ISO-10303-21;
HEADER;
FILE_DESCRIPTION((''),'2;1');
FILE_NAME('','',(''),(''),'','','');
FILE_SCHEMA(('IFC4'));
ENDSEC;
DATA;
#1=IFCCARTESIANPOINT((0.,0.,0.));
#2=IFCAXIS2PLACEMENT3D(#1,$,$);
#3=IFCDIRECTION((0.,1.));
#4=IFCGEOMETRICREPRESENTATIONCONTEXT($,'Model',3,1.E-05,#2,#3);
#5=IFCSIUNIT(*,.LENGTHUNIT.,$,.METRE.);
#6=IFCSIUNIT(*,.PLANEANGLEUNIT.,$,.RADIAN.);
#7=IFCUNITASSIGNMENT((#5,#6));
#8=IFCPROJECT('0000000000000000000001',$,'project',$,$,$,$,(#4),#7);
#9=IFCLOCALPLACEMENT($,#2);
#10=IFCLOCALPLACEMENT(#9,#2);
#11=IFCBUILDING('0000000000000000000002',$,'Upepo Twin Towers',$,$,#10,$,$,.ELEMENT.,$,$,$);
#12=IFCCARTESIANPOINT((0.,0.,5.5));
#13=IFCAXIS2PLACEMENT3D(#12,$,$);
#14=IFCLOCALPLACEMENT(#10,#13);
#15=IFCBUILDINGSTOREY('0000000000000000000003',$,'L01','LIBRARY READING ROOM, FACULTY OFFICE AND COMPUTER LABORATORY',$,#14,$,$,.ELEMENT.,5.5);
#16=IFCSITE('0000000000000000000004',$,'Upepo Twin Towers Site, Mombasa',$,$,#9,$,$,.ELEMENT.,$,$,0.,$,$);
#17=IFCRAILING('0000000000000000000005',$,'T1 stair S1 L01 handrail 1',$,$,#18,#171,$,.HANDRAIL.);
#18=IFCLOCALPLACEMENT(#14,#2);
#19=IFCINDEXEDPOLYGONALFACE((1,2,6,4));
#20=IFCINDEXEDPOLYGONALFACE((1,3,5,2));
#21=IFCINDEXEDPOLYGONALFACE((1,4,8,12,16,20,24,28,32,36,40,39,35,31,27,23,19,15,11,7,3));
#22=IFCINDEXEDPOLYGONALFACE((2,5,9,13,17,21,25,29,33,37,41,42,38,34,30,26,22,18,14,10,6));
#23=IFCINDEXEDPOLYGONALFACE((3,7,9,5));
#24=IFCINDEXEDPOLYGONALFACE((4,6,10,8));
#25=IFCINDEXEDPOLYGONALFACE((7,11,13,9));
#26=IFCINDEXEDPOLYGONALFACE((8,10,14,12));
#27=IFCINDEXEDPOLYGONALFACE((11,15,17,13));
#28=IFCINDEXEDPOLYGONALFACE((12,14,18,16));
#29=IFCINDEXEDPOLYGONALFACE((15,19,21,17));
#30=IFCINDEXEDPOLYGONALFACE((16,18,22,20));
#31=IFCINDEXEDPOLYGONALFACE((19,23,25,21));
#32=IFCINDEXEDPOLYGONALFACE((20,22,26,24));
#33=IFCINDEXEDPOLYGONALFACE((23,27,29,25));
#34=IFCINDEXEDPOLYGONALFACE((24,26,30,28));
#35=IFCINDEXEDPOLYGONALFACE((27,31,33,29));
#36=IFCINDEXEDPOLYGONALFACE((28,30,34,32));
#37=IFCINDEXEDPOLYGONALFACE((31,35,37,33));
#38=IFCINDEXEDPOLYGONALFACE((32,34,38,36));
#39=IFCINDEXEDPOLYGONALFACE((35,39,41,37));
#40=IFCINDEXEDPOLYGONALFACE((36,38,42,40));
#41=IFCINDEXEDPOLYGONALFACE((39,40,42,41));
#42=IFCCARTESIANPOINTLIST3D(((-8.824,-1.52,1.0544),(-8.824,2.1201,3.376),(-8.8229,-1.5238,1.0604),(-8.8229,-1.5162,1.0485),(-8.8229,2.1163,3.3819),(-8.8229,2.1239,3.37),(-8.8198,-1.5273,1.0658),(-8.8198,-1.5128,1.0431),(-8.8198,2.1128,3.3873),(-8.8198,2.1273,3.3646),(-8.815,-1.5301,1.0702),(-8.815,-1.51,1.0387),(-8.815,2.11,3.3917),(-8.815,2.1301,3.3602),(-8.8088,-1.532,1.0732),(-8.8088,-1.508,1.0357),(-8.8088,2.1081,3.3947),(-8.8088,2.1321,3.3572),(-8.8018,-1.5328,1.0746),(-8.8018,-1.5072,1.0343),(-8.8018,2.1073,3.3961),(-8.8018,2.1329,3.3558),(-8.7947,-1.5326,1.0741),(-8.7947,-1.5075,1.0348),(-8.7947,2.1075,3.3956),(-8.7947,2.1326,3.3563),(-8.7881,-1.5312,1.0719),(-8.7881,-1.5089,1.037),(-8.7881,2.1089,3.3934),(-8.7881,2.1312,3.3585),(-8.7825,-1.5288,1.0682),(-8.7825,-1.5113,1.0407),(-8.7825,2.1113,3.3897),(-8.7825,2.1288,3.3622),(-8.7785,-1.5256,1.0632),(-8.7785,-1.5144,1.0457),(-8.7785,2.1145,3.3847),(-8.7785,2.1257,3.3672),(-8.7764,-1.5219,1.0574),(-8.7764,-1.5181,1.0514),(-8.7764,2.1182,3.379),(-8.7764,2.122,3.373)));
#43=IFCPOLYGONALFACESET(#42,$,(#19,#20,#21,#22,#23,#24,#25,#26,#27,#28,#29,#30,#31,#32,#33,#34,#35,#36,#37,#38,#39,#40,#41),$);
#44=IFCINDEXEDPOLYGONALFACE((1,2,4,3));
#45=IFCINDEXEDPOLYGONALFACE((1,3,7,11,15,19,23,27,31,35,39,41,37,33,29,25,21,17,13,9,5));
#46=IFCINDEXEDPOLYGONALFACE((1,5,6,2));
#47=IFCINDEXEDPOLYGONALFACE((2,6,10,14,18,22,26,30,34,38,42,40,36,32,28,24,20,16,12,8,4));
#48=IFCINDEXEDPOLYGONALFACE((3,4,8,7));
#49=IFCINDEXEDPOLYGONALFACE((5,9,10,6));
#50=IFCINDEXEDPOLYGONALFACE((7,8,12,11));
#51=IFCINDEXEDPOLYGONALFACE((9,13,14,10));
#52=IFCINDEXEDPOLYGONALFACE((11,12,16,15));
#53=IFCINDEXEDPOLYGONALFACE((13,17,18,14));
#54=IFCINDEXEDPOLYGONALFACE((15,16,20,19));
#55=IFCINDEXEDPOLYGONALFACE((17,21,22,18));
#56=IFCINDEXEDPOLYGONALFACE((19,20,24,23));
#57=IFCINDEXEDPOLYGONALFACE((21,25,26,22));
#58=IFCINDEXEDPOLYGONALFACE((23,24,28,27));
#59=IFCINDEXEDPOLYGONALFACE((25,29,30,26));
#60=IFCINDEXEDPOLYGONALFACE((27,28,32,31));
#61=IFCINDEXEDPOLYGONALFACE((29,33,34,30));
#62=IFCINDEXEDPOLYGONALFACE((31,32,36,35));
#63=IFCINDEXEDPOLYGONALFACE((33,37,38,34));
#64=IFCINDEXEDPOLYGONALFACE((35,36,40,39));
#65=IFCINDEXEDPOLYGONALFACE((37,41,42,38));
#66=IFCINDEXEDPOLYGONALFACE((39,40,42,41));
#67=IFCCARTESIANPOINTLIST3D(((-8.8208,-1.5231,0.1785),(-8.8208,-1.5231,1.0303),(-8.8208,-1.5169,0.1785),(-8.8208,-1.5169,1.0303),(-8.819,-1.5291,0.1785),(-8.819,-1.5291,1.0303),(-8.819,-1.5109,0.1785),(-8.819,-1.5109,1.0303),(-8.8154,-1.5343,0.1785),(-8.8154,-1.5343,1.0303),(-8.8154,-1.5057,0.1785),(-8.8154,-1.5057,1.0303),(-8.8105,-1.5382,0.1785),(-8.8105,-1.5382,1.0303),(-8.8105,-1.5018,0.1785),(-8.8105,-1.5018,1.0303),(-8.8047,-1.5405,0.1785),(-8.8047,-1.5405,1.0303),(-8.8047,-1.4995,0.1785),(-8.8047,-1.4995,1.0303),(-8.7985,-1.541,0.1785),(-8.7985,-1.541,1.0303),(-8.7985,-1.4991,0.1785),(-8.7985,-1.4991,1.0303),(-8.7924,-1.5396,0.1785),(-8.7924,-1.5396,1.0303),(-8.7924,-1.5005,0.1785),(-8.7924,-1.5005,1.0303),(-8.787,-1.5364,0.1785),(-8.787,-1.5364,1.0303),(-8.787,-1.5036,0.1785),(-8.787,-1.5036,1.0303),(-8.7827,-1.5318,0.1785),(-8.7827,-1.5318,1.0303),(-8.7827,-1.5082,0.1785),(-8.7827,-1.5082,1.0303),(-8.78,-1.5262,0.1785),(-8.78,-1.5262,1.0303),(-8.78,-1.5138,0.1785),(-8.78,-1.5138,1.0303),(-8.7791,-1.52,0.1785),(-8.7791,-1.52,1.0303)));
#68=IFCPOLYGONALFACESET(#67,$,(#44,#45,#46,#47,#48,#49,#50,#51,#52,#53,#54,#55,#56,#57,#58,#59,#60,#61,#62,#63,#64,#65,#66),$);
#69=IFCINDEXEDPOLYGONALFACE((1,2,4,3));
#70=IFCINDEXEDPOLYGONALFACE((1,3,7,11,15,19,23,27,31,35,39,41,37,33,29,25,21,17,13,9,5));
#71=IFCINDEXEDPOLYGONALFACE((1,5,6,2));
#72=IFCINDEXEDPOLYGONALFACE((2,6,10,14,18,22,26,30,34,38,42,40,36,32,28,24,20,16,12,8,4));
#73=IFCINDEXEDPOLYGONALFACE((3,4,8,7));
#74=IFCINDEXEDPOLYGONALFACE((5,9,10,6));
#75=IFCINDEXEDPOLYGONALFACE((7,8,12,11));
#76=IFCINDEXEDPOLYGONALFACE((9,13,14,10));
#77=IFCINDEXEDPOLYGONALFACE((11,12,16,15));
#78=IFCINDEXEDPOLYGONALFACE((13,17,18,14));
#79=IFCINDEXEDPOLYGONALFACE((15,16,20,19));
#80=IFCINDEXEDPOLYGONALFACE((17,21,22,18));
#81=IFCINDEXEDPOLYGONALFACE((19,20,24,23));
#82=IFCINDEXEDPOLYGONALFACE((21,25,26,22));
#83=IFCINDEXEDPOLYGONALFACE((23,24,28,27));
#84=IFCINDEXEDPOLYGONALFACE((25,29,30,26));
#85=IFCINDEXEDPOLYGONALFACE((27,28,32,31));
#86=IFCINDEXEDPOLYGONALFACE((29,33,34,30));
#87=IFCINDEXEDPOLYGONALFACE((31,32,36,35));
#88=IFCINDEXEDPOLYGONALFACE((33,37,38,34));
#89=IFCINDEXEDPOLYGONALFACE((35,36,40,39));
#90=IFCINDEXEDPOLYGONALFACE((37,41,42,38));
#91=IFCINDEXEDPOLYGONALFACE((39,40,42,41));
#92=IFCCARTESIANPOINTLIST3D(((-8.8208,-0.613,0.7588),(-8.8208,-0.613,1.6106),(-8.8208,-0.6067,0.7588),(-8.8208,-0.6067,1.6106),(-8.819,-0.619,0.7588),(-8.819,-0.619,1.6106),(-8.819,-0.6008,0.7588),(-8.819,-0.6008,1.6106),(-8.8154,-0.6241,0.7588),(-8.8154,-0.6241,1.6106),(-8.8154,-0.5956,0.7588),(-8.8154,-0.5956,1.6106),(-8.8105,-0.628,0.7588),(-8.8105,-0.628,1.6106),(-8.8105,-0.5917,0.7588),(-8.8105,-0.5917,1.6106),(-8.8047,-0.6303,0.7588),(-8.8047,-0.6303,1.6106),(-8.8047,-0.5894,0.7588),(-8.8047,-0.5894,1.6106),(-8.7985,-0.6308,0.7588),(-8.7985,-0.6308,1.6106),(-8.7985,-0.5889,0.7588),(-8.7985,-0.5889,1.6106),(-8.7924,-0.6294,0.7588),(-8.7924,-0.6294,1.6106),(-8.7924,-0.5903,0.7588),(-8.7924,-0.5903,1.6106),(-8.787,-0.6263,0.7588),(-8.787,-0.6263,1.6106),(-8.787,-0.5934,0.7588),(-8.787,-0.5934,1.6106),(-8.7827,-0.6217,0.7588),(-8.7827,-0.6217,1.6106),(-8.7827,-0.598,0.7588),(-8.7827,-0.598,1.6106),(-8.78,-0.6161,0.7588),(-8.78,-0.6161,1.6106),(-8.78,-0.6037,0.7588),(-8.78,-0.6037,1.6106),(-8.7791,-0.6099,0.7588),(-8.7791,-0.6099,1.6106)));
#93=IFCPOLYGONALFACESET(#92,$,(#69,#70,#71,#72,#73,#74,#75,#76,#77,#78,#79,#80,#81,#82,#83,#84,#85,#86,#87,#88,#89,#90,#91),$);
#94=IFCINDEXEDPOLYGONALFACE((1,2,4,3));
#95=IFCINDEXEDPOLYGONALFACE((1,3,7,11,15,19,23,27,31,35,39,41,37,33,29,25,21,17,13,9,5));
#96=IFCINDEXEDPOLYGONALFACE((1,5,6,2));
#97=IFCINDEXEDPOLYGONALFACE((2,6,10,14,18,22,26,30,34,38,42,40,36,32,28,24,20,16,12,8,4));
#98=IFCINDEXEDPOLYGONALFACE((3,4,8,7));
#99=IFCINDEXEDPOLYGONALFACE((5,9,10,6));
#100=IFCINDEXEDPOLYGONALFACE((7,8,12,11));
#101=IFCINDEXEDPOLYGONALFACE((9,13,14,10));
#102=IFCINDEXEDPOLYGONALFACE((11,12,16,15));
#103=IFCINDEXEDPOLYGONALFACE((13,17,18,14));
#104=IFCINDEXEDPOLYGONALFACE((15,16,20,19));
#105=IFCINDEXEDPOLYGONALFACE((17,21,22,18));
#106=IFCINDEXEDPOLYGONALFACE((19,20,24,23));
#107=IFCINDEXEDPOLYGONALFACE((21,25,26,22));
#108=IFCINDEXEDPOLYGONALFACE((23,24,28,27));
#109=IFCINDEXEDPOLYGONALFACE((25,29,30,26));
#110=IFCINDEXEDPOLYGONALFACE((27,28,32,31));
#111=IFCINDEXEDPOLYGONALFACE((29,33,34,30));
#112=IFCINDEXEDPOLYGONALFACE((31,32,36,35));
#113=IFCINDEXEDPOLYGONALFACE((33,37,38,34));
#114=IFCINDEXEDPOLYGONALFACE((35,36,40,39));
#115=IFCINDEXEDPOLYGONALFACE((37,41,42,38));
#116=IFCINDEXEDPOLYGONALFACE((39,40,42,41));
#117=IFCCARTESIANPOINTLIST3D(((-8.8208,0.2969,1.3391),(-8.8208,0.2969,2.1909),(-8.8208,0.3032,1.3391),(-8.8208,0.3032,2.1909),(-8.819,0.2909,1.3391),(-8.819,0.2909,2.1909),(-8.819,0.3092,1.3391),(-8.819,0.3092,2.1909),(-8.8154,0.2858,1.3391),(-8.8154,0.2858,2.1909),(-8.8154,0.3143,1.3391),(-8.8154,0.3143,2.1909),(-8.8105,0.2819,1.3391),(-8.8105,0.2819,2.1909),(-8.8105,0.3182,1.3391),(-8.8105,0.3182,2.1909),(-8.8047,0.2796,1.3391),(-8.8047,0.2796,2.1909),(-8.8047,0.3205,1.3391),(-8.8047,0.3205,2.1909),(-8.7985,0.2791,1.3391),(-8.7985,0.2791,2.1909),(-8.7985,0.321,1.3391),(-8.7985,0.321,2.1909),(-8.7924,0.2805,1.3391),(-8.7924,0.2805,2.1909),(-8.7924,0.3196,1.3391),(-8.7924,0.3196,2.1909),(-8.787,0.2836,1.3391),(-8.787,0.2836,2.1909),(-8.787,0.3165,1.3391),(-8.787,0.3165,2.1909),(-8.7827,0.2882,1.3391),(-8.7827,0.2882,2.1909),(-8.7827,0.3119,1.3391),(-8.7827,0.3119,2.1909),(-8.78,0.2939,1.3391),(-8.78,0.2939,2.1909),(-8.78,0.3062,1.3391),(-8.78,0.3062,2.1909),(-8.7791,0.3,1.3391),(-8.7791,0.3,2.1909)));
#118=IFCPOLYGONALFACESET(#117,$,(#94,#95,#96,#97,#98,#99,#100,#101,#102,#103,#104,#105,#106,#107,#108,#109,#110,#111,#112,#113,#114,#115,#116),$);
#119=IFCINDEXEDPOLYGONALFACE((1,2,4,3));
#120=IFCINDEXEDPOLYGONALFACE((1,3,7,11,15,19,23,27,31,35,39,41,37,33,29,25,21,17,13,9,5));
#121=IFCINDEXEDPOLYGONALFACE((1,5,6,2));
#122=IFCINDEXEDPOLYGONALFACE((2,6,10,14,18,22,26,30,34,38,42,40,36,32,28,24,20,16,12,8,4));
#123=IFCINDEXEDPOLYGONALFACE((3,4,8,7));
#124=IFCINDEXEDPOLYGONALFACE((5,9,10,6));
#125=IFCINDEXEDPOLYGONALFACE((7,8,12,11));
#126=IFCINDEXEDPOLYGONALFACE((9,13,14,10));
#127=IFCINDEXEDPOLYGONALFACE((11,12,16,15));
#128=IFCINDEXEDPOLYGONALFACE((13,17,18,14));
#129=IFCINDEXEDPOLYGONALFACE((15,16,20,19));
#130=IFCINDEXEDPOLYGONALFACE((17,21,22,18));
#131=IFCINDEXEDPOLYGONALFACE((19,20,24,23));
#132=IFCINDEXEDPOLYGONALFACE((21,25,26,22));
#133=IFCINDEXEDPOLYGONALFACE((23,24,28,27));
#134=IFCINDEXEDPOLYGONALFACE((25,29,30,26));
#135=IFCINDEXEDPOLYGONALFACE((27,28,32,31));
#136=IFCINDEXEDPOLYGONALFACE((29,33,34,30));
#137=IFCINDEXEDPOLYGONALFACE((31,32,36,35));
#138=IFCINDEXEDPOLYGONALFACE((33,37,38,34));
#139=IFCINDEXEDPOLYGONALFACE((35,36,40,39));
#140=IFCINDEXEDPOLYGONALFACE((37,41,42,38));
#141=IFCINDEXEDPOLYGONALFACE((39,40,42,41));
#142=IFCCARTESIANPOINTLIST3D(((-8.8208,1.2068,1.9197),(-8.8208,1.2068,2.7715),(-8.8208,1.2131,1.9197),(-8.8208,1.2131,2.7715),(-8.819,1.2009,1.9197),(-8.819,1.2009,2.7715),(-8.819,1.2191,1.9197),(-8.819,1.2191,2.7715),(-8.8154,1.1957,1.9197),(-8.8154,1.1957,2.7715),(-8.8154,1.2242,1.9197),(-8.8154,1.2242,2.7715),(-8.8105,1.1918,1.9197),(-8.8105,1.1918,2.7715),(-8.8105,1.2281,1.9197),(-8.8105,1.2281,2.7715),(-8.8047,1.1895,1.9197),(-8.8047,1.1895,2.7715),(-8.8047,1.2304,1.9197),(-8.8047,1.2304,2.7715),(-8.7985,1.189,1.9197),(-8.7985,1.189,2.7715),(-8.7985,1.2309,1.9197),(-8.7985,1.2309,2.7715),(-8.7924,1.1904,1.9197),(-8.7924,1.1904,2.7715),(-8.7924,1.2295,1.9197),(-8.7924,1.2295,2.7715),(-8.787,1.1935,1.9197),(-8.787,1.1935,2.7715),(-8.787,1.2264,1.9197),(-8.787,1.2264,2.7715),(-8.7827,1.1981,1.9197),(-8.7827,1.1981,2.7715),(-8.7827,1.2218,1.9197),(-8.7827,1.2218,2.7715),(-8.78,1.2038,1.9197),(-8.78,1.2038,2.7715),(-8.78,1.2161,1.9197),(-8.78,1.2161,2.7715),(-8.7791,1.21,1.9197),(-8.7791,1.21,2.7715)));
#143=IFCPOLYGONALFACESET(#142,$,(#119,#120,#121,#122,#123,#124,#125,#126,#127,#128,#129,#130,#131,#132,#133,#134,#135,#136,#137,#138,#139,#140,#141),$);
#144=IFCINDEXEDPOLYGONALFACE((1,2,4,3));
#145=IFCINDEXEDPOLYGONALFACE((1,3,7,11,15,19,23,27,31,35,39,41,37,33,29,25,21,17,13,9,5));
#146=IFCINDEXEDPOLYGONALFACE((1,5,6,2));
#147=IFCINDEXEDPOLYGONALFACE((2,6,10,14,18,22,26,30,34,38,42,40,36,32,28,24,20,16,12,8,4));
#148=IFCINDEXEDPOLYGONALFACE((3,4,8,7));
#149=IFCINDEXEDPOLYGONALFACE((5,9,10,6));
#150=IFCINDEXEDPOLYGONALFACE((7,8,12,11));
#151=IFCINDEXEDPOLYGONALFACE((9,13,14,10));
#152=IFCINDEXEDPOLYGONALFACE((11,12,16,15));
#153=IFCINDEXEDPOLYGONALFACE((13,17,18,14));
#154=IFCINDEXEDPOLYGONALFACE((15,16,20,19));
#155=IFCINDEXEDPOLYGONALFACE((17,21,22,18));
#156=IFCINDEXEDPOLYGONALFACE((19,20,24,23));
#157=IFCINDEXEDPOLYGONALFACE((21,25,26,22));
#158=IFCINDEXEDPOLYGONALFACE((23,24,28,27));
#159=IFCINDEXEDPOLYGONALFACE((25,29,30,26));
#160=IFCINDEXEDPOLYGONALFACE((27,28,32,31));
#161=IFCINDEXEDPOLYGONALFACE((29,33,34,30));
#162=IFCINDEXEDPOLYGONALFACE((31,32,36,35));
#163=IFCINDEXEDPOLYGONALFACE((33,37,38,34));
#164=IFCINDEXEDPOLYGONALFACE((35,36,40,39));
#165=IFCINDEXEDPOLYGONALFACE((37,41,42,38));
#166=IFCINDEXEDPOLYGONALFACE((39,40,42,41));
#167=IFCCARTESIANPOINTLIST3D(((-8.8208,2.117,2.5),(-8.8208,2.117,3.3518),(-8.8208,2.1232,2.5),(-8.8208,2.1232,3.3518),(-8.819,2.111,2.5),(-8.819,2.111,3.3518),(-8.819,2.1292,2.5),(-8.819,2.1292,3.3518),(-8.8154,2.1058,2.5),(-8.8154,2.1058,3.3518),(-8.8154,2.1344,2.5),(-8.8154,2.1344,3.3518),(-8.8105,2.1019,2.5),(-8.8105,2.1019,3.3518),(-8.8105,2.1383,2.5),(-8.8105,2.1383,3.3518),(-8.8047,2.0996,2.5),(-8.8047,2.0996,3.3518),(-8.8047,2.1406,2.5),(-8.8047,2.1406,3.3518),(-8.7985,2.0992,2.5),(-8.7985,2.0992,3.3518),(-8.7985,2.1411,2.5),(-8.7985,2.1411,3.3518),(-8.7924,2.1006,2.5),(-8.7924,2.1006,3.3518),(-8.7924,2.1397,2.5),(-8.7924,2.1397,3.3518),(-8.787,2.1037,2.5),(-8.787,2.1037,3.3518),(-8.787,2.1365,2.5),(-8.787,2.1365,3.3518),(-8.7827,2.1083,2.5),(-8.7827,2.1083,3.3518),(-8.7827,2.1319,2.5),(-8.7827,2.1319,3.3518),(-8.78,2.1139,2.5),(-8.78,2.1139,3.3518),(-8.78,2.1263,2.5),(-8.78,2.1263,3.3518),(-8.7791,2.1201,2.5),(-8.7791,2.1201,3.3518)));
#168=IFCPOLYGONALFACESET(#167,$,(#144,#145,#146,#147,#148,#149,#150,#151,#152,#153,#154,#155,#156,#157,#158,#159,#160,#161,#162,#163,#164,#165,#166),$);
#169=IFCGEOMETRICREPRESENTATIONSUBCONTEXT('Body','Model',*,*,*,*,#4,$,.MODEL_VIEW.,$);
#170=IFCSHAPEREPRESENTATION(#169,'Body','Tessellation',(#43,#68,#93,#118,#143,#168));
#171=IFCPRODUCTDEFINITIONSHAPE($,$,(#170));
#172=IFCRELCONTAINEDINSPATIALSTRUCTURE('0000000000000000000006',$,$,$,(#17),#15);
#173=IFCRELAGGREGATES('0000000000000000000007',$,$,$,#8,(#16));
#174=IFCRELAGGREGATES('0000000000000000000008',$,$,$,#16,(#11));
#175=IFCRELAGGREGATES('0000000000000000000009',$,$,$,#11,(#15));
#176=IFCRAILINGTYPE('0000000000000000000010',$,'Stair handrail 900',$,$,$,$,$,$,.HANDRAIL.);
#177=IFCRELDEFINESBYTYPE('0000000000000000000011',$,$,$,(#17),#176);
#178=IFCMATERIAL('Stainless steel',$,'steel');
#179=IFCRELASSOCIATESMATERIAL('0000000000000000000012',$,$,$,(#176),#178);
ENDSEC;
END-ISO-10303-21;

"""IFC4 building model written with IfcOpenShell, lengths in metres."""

from ifc_helpers import new_model, si_unit, direction, frame, origin, origin_2d, place, context, subcontext, project, spatial, circle, extrude, material, type_object, element, save


model = new_model("IFC4")

# Units and contexts
model_context = context("Model", 3, precision=1e-05, world=origin(), true_north=direction((0.0, 1.0)))
body_context = subcontext(model_context, "Body", "Model", "MODEL_VIEW")
ifc_project = project(units=[si_unit("LENGTHUNIT", "METRE"), si_unit("PLANEANGLEUNIT", "RADIAN")], contexts=[model_context])

# Site, building, storey
site_placement = place(None, origin())
site = spatial("IfcSite", under=ifc_project, at=site_placement, Name="Upepo Twin Towers Site, Mombasa", CompositionType="ELEMENT", RefElevation=0.0)
building_placement = place(site_placement, origin())
building = spatial("IfcBuilding", under=site, at=building_placement, Name="Upepo Twin Towers", CompositionType="ELEMENT")
storey_placement = place(building_placement, frame((0.0, 0.0, 5.5)))
storey = spatial("IfcBuildingStorey", under=building, at=storey_placement, Name="L01", Description="LIBRARY READING ROOM, FACULTY OFFICE AND COMPUTER LABORATORY", CompositionType="ELEMENT", Elevation=5.5)

# Railing
ifc_material_1 = material(Name="Stainless steel", Category="steel")
railing_type = type_object("IfcRailingType", Name="Stair handrail 900", PredefinedType="HANDRAIL", material=ifc_material_1)
railing_placement = place(storey_placement, frame((-8.8, -1.52, 0.1785)))
element("IfcRailing", 1, at=railing_placement, inside=storey, type_object=railing_type, Name="T1 stair S1 L01 handrail 1", PredefinedType="HANDRAIL", context=body_context, shape_type="SweptSolid", body=[
    extrude(circle(Radius=0.0239, at=origin_2d()), frame((0.0, 0.0, 0.876), z_axis=(0.0, 0.843128, 0.537713), x_axis=(-1.0, 0.0, 0.0)), (0.0, 0.0, 1.0), 4.3174),
    extrude(circle(Radius=0.021, at=origin_2d()), origin(), (0.0, 0.0, 1.0), 0.8518),
    extrude(circle(Radius=0.021, at=origin_2d()), frame((0.0, 0.9102, 0.5803)), (0.0, 0.0, 1.0), 0.8518),
    extrude(circle(Radius=0.021, at=origin_2d()), frame((0.0, 1.8201, 1.1606)), (0.0, 0.0, 1.0), 0.8518),
    extrude(circle(Radius=0.021, at=origin_2d()), frame((0.0, 2.73, 1.7412)), (0.0, 0.0, 1.0), 0.8518),
    extrude(circle(Radius=0.021, at=origin_2d()), frame((0.0, 3.6401, 2.3215)), (0.0, 0.0, 1.0), 0.8518),
])

save(model, "model.ifc")
